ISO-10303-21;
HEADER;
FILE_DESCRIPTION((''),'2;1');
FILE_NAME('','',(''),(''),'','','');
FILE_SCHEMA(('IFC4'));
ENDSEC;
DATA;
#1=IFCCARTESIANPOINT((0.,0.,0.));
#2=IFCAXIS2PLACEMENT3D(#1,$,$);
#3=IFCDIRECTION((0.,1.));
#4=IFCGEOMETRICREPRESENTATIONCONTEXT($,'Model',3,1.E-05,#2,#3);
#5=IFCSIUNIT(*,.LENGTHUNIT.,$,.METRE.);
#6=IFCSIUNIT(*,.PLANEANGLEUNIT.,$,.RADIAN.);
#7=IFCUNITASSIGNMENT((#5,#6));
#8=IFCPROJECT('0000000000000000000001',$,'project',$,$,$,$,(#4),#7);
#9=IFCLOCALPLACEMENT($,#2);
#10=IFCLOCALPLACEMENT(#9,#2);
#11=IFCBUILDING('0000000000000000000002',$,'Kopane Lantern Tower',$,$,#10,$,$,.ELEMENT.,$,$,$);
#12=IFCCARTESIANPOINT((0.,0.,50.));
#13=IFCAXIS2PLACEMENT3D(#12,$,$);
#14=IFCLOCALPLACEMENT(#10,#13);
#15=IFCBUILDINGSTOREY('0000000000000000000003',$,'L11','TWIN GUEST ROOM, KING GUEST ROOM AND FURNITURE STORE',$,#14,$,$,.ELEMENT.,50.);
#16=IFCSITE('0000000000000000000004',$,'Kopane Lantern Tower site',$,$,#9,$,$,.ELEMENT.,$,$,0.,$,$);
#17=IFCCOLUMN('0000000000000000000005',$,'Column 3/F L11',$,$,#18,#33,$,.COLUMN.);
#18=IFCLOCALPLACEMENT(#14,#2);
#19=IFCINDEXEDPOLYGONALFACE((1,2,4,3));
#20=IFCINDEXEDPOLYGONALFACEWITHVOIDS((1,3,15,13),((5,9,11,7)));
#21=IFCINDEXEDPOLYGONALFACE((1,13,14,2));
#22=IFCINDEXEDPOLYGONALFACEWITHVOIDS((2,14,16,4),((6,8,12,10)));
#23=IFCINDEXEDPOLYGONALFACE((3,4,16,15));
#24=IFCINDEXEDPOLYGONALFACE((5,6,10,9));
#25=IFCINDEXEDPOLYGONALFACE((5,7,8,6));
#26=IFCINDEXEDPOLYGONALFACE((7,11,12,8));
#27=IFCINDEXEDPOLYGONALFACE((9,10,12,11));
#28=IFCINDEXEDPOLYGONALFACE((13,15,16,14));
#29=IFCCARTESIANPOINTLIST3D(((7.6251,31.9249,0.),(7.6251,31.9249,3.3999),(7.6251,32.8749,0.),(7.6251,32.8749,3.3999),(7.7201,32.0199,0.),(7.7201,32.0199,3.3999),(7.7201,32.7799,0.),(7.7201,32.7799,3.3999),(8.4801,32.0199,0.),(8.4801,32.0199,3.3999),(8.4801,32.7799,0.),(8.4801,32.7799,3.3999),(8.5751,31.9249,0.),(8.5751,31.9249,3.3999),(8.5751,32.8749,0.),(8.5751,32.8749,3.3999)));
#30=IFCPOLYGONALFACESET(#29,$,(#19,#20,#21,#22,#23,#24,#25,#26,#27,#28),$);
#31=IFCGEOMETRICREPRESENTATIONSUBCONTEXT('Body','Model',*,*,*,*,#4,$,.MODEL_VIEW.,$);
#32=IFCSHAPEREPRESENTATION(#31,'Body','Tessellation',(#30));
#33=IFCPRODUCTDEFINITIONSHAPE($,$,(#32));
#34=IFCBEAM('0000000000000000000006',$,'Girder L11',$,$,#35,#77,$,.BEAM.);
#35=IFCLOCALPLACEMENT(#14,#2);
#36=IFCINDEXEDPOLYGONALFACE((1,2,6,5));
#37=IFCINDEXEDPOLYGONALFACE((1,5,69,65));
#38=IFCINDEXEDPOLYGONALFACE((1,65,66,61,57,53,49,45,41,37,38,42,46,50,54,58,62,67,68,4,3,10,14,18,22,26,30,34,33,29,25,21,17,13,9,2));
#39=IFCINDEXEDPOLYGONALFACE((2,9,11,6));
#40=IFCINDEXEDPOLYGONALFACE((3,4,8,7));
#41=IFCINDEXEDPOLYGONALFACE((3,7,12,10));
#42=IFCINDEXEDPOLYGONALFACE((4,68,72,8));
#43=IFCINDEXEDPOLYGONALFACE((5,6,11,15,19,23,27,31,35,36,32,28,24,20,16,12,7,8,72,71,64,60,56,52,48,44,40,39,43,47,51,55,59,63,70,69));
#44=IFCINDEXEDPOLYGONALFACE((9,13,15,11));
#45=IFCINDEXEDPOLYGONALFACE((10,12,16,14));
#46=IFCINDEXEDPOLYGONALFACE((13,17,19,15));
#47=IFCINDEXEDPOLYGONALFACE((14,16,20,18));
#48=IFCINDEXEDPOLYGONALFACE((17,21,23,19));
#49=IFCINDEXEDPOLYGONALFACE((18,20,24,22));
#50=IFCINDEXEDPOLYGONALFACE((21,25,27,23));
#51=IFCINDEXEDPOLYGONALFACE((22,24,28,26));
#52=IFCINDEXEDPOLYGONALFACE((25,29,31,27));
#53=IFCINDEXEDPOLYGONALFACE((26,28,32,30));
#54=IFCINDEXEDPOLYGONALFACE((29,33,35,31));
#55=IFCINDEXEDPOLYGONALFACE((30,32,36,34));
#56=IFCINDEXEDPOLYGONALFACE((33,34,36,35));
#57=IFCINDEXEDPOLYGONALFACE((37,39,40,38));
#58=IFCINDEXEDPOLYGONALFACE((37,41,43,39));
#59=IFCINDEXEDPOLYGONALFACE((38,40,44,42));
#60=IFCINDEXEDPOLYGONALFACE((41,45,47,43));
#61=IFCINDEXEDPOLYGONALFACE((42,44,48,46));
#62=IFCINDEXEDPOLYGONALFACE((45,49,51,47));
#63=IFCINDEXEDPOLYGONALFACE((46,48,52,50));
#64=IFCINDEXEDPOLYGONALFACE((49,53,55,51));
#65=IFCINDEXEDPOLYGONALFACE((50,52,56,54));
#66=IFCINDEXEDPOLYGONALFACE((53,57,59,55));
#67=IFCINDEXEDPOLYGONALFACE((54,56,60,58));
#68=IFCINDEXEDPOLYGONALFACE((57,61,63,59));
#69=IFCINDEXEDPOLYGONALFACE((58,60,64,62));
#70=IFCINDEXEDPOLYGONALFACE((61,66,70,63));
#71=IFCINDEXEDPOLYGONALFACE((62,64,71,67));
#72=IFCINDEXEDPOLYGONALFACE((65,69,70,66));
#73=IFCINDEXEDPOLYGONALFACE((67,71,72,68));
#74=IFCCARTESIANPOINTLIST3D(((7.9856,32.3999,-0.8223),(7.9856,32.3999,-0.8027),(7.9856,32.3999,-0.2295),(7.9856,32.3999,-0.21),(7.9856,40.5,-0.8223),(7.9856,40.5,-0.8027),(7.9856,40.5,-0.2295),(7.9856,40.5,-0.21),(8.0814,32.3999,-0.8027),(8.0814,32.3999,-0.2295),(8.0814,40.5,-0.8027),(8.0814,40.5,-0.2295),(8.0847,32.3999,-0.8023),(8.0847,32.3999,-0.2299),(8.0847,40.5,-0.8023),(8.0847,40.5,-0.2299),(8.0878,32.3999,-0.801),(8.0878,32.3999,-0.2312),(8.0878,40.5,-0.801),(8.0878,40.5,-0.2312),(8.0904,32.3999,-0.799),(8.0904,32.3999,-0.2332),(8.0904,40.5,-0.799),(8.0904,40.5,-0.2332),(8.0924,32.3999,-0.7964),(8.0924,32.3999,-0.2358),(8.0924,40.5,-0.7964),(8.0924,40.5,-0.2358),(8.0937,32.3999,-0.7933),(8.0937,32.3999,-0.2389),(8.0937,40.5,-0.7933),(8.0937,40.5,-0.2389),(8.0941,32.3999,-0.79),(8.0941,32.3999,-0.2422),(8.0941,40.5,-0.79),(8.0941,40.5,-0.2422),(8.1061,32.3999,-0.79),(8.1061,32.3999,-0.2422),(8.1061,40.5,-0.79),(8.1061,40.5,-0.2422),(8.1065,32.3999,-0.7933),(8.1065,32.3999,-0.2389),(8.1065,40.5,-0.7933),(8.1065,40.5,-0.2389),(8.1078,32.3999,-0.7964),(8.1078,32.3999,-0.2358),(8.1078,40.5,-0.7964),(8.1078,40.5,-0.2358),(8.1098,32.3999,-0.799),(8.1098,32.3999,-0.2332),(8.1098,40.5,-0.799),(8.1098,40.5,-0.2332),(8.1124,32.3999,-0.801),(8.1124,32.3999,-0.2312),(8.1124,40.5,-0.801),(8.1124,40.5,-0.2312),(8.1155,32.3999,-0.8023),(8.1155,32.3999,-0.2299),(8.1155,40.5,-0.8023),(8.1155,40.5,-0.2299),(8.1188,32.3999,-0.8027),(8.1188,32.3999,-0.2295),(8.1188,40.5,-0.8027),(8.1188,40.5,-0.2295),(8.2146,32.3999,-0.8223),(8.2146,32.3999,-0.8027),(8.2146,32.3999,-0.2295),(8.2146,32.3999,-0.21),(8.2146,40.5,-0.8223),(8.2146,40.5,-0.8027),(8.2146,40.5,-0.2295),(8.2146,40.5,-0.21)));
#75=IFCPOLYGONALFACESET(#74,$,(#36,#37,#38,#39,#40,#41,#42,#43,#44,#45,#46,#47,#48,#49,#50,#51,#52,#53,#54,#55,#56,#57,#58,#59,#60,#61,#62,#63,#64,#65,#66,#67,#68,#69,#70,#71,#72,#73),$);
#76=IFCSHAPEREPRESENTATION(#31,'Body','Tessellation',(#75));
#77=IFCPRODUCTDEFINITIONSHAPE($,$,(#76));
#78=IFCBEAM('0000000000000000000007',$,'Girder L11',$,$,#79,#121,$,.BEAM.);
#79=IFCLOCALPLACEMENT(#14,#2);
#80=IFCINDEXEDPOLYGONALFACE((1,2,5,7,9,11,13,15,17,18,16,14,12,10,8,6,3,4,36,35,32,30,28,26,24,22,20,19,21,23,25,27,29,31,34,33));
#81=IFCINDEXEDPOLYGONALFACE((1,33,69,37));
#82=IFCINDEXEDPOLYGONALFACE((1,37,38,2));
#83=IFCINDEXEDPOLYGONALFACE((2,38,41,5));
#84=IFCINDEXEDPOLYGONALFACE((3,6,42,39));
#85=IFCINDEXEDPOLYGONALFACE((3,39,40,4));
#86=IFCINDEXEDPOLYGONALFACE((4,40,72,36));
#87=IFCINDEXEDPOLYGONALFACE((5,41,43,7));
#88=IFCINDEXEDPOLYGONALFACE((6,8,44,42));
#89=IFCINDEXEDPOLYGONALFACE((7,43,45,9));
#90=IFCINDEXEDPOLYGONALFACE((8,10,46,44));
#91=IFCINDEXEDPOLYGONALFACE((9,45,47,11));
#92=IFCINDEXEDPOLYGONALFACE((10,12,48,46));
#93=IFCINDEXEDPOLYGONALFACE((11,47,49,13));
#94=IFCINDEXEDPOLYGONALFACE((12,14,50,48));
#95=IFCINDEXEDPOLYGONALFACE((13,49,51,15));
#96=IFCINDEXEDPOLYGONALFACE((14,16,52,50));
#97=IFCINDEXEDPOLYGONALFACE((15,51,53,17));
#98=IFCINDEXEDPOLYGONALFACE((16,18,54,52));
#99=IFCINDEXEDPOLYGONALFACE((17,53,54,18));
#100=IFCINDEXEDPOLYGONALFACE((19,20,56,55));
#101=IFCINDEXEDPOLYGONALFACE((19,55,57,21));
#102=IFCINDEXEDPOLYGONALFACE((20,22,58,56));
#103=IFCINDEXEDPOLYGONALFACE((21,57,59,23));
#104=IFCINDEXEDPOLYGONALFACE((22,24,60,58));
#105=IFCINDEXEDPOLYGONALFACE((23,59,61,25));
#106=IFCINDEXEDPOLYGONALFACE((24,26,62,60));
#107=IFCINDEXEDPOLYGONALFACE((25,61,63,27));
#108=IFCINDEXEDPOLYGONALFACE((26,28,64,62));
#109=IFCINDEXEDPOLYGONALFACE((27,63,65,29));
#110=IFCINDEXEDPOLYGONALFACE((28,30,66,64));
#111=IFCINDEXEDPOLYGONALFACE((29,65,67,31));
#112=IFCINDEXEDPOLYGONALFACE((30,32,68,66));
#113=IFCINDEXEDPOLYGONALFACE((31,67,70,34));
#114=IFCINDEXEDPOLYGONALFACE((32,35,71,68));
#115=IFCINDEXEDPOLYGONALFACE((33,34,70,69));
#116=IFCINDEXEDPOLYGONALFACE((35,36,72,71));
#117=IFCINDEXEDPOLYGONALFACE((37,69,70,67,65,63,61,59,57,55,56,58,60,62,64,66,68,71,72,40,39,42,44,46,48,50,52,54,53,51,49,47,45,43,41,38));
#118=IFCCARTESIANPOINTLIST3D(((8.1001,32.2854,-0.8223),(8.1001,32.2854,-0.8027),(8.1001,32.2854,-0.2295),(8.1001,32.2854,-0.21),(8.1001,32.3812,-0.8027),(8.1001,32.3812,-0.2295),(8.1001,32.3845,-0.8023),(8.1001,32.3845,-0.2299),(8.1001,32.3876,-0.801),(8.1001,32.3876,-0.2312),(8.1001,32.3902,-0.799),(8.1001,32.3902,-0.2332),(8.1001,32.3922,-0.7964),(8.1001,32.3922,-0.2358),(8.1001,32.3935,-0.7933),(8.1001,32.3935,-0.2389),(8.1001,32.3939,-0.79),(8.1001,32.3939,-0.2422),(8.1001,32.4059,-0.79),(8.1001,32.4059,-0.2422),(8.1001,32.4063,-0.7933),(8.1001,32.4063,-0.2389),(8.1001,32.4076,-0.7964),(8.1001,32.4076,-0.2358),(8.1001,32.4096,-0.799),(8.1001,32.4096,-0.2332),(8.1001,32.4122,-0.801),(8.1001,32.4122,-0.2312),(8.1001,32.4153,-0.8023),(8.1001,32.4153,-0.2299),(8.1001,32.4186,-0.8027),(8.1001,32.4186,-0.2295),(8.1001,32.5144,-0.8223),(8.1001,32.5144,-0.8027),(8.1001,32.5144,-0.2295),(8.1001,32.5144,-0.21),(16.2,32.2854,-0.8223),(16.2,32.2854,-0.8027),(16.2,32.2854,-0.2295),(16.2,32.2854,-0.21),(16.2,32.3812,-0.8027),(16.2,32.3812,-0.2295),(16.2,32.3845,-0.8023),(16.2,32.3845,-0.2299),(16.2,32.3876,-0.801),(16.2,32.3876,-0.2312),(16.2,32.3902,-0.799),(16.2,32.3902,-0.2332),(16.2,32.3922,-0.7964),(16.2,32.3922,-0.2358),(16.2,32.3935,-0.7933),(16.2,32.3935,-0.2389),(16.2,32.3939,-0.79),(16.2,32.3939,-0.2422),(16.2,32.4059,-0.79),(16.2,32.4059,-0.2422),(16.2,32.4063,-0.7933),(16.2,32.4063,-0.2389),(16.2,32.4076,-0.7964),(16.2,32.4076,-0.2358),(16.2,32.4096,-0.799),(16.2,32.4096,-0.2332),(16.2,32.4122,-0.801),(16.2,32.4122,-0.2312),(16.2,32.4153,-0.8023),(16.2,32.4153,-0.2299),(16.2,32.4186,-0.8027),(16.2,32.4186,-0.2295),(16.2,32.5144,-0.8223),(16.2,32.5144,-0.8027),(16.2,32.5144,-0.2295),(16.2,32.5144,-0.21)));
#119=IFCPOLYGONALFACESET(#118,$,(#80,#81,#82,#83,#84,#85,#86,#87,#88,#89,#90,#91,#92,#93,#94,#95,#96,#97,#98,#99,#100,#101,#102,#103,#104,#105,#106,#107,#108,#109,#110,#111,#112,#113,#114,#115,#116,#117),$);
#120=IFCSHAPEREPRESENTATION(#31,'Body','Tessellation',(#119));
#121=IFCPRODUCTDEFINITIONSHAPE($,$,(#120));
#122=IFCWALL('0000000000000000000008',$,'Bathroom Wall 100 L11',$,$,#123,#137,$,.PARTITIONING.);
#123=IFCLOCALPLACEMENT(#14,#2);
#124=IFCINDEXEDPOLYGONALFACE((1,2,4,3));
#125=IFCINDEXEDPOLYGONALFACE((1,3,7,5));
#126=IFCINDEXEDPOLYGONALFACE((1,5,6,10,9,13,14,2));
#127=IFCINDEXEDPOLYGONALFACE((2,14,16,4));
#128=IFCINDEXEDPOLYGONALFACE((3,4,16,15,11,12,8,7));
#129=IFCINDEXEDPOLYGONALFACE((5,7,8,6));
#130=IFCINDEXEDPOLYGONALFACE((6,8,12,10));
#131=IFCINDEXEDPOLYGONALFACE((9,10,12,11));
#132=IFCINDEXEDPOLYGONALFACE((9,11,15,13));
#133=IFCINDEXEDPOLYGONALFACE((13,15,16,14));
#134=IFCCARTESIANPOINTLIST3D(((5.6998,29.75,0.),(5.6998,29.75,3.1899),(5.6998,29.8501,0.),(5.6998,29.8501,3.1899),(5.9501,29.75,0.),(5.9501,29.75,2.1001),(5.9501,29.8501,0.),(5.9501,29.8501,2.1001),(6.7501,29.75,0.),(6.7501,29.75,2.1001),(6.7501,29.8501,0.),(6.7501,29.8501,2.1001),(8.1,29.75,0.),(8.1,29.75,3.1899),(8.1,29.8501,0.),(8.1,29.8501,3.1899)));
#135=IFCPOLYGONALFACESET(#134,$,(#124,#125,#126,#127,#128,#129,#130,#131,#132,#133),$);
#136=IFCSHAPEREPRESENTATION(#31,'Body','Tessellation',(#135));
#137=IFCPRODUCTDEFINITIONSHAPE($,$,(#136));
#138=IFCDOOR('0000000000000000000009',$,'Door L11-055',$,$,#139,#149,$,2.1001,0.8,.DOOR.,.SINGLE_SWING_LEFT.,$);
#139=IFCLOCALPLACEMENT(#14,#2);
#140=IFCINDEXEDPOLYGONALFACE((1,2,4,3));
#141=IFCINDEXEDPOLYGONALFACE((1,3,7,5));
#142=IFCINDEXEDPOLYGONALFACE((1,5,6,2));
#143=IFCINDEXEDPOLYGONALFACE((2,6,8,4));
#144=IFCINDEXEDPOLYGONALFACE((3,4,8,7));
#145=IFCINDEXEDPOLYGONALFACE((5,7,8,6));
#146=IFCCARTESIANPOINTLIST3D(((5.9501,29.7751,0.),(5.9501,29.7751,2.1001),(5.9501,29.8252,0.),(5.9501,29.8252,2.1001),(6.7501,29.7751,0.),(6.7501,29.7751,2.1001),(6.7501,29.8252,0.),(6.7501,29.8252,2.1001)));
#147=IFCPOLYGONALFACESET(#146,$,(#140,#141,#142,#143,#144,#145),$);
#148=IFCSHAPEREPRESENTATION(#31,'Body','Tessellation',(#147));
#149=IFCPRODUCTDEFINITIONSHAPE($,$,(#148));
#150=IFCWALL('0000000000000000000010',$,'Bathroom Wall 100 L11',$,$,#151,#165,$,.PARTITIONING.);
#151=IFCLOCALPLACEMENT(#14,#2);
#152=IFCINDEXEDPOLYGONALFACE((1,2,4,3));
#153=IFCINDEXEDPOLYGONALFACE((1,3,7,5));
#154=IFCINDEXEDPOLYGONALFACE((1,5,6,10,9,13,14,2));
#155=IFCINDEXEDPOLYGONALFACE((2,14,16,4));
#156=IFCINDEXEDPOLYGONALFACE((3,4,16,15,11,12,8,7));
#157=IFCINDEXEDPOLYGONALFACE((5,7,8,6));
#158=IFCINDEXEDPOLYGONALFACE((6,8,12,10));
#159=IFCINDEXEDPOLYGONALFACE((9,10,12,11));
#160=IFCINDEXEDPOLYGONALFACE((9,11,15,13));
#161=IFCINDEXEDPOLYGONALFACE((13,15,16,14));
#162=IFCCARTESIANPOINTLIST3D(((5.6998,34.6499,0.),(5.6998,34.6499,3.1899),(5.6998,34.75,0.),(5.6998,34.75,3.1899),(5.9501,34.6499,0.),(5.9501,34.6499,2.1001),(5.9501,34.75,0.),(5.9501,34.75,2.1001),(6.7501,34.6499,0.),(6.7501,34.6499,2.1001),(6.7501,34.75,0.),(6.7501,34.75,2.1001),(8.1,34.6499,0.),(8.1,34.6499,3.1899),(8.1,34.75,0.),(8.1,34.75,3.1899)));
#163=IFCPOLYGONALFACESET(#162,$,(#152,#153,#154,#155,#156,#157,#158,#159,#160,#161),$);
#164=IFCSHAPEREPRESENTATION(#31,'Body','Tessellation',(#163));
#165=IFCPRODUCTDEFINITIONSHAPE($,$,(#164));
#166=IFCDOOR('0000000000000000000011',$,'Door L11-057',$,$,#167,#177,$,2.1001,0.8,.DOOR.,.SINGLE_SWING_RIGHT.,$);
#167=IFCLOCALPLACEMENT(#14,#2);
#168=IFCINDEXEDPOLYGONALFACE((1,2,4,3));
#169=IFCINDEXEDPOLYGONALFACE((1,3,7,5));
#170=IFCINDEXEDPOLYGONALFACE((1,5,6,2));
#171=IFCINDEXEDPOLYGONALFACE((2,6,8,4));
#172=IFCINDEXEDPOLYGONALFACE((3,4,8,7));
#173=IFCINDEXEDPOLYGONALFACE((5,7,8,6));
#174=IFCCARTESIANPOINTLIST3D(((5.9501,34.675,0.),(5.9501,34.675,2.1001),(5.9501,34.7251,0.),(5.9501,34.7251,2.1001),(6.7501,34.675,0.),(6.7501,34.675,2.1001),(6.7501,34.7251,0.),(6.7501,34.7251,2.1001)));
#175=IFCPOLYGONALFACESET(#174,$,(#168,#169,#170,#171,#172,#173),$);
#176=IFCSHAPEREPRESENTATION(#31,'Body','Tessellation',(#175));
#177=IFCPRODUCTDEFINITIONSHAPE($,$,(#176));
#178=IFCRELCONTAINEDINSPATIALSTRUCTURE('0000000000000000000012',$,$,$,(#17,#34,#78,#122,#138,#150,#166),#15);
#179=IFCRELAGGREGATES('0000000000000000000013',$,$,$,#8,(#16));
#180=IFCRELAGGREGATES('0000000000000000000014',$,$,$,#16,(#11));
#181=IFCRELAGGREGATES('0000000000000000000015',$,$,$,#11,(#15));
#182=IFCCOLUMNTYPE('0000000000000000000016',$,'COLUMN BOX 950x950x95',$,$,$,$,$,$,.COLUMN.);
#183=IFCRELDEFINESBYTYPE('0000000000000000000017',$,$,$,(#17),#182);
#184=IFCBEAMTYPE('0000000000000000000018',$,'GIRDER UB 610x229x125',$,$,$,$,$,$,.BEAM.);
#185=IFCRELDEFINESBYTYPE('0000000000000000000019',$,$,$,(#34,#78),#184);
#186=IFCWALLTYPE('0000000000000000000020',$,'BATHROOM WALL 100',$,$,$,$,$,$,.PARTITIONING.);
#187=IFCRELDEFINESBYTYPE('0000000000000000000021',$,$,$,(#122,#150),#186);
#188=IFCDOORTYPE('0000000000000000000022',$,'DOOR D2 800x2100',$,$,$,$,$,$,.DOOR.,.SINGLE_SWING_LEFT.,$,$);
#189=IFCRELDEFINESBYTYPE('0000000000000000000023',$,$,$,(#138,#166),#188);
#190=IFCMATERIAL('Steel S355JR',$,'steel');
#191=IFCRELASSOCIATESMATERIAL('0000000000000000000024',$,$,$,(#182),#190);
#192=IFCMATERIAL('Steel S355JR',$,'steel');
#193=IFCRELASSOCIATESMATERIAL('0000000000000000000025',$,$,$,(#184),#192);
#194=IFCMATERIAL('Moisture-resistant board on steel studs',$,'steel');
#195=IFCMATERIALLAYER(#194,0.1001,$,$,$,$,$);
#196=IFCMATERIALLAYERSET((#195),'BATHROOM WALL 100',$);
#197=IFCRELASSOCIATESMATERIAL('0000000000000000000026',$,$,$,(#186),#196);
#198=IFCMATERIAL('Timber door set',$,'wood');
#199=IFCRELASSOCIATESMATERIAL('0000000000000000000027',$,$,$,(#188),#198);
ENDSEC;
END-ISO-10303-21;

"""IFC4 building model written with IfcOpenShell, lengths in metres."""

from ifc_helpers import new_model, si_unit, direction, frame, frame_2d, origin, origin_2d, place, context, subcontext, project, spatial, rectangle, hollow_rectangle, i_section, extrude, material, layer, layer_set, material_profile, profile_set, type_object, element, fill, save


model = new_model("IFC4")

# Units and contexts
model_context = context("Model", 3, precision=1e-05, world=origin(), true_north=direction((0.0, 1.0)))
body_context = subcontext(model_context, "Body", "Model", "MODEL_VIEW")
ifc_project = project(units=[si_unit("LENGTHUNIT", "METRE"), si_unit("PLANEANGLEUNIT", "RADIAN")], contexts=[model_context])

# Site, building, storey
site_placement = place(None, origin())
site = spatial("IfcSite", under=ifc_project, at=site_placement, Name="Kopane Lantern Tower site", CompositionType="ELEMENT", RefElevation=0.0)
building_placement = place(site_placement, origin())
building = spatial("IfcBuilding", under=site, at=building_placement, Name="Kopane Lantern Tower", CompositionType="ELEMENT")
storey_placement = place(building_placement, frame((0.0, 0.0, 50.0)))
storey = spatial("IfcBuildingStorey", under=building, at=storey_placement, Name="L11", Description="TWIN GUEST ROOM, KING GUEST ROOM AND FURNITURE STORE", CompositionType="ELEMENT", Elevation=50.0)

# Column
ifc_material_1 = material(Name="Steel S355JR", Category="steel")
ifc_material_profile_1 = material_profile(ifc_material_1, hollow_rectangle(XDim=0.95, YDim=0.95, WallThickness=0.095, at=origin_2d()), Name="BOX 950x950x95")
ifc_profile_set_1 = profile_set([ifc_material_profile_1], Name="Steel S355JR")
column_type = type_object("IfcColumnType", Name="COLUMN BOX 950x950x95", PredefinedType="COLUMN", material=ifc_profile_set_1)
column_placement = place(storey_placement, frame((8.1001, 32.3999, 0.0), z_axis=(0.0, 0.0, 1.0), x_axis=(1.0, 0.0, 0.0)))
element("IfcColumn", 1, at=column_placement, inside=storey, type_object=column_type, Name="Column 3/F L11", PredefinedType="COLUMN", context=body_context, shape_type="SweptSolid", body=[
    extrude(hollow_rectangle(XDim=0.95, YDim=0.95, WallThickness=0.095, at=origin_2d()), origin(), (0.0, 0.0, 1.0), 3.3999),
])

# Beams
ifc_material_2 = material(Name="Steel S355JR", Category="steel")
ifc_material_profile_2 = material_profile(ifc_material_2, i_section(OverallWidth=0.229, OverallDepth=0.6123, WebThickness=0.012, FlangeThickness=0.0195, FilletRadius=0.0127, at=origin_2d()), Name="UB 610x229x125")
ifc_profile_set_2 = profile_set([ifc_material_profile_2], Name="Steel S355JR")
beam_type = type_object("IfcBeamType", Name="GIRDER UB 610x229x125", PredefinedType="BEAM", material=ifc_profile_set_2)
beam_1_placement = place(storey_placement, frame((8.1001, 32.3999, -0.5161), z_axis=(0.0, 1.0, 0.0), x_axis=(-1.0, 0.0, 0.0)))
element("IfcBeam", 2, at=beam_1_placement, inside=storey, type_object=beam_type, Name="Girder L11", PredefinedType="BEAM", context=body_context, shape_type="SweptSolid", body=[
    extrude(i_section(OverallWidth=0.229, OverallDepth=0.6123, WebThickness=0.012, FlangeThickness=0.0195, FilletRadius=0.0127, at=origin_2d()), origin(), (0.0, 0.0, 1.0), 8.1001),
])
beam_2_placement = place(storey_placement, frame((8.1001, 32.3999, -0.5161), z_axis=(1.0, 0.0, 0.0), x_axis=(0.0, 1.0, 0.0)))
element("IfcBeam", 3, at=beam_2_placement, inside=storey, type_object=beam_type, Name="Girder L11", PredefinedType="BEAM", context=body_context, shape_type="SweptSolid", body=[
    extrude(i_section(OverallWidth=0.229, OverallDepth=0.6123, WebThickness=0.012, FlangeThickness=0.0195, FilletRadius=0.0127, at=origin_2d()), origin(), (0.0, 0.0, 1.0), 8.0999),
])

# Walls, openings, doors
ifc_material_3 = material(Name="Moisture-resistant board on steel studs", Category="steel")
ifc_layer_1 = layer(ifc_material_3, 0.1001)
ifc_layer_set_1 = layer_set([ifc_layer_1], Name="BATHROOM WALL 100")
wall_type_1 = type_object("IfcWallType", Name="BATHROOM WALL 100", PredefinedType="PARTITIONING", material=ifc_layer_set_1)
wall_1_placement = place(storey_placement, frame((8.1001, 29.8, 0.0), z_axis=(0.0, 0.0, 1.0), x_axis=(-1.0, 0.0, 0.0)))
wall_1 = element("IfcWall", 4, at=wall_1_placement, inside=storey, type_object=wall_type_1, Name="Bathroom Wall 100 L11", PredefinedType="PARTITIONING", context=body_context, shape_type="SweptSolid", body=[
    extrude(rectangle(XDim=2.4001, YDim=0.1001, at=frame_2d((1.2002, 0.0))), origin(), (0.0, 0.0, 1.0), 3.1899),
])
opening_1_placement = place(wall_1_placement, frame((1.3501, 0.0, 0.0)))
opening_1 = element("IfcOpeningElement", 5, at=opening_1_placement, cuts=wall_1, PredefinedType="OPENING", context=body_context, shape_type="SweptSolid", body=[
    extrude(rectangle(XDim=0.8, YDim=2.1001, at=frame_2d((0.3999, 1.05))), frame((0.0, 0.0601, 0.0), z_axis=(0.0, -1.0, 0.0), x_axis=(1.0, 0.0, 0.0)), (0.0, 0.0, 1.0), 0.1201),
])
ifc_material_4 = material(Name="Timber door set", Category="wood")
door_type = type_object("IfcDoorType", Name="DOOR D2 800x2100", OperationType="SINGLE_SWING_LEFT", PredefinedType="DOOR", material=ifc_material_4)
door_1_placement = place(opening_1_placement, origin())
door_1 = element("IfcDoor", 6, at=door_1_placement, inside=storey, type_object=door_type, Name="Door L11-055", OperationType="SINGLE_SWING_LEFT", OverallHeight=2.1001, OverallWidth=0.8, PredefinedType="DOOR", context=body_context, shape_type="SweptSolid", body=[
    extrude(rectangle(XDim=0.8, YDim=2.1001, at=frame_2d((0.3999, 1.05))), frame((0.0, 0.0249, 0.0), z_axis=(0.0, -1.0, 0.0), x_axis=(1.0, 0.0, 0.0)), (0.0, 0.0, 1.0), 0.05),
])
fill(opening_1, door_1)
wall_2_placement = place(storey_placement, frame((8.1001, 34.7, 0.0), z_axis=(0.0, 0.0, 1.0), x_axis=(-1.0, 0.0, 0.0)))
wall_2 = element("IfcWall", 7, at=wall_2_placement, inside=storey, type_object=wall_type_1, Name="Bathroom Wall 100 L11", PredefinedType="PARTITIONING", context=body_context, shape_type="SweptSolid", body=[
    extrude(rectangle(XDim=2.4001, YDim=0.1001, at=frame_2d((1.2002, 0.0))), origin(), (0.0, 0.0, 1.0), 3.1899),
])
opening_2_placement = place(wall_2_placement, frame((1.3501, 0.0, 0.0)))
opening_2 = element("IfcOpeningElement", 8, at=opening_2_placement, cuts=wall_2, PredefinedType="OPENING", context=body_context, shape_type="SweptSolid", body=[
    extrude(rectangle(XDim=0.8, YDim=2.1001, at=frame_2d((0.3999, 1.05))), frame((0.0, 0.0601, 0.0), z_axis=(0.0, -1.0, 0.0), x_axis=(1.0, 0.0, 0.0)), (0.0, 0.0, 1.0), 0.1201),
])
door_2_placement = place(opening_2_placement, origin())
door_2 = element("IfcDoor", 9, at=door_2_placement, inside=storey, type_object=door_type, Name="Door L11-057", OperationType="SINGLE_SWING_RIGHT", OverallHeight=2.1001, OverallWidth=0.8, PredefinedType="DOOR", context=body_context, shape_type="SweptSolid", body=[
    extrude(rectangle(XDim=0.8, YDim=2.1001, at=frame_2d((0.3999, 1.05))), frame((0.0, 0.0249, 0.0), z_axis=(0.0, -1.0, 0.0), x_axis=(1.0, 0.0, 0.0)), (0.0, 0.0, 1.0), 0.05),
])
fill(opening_2, door_2)

save(model, "model.ifc")
